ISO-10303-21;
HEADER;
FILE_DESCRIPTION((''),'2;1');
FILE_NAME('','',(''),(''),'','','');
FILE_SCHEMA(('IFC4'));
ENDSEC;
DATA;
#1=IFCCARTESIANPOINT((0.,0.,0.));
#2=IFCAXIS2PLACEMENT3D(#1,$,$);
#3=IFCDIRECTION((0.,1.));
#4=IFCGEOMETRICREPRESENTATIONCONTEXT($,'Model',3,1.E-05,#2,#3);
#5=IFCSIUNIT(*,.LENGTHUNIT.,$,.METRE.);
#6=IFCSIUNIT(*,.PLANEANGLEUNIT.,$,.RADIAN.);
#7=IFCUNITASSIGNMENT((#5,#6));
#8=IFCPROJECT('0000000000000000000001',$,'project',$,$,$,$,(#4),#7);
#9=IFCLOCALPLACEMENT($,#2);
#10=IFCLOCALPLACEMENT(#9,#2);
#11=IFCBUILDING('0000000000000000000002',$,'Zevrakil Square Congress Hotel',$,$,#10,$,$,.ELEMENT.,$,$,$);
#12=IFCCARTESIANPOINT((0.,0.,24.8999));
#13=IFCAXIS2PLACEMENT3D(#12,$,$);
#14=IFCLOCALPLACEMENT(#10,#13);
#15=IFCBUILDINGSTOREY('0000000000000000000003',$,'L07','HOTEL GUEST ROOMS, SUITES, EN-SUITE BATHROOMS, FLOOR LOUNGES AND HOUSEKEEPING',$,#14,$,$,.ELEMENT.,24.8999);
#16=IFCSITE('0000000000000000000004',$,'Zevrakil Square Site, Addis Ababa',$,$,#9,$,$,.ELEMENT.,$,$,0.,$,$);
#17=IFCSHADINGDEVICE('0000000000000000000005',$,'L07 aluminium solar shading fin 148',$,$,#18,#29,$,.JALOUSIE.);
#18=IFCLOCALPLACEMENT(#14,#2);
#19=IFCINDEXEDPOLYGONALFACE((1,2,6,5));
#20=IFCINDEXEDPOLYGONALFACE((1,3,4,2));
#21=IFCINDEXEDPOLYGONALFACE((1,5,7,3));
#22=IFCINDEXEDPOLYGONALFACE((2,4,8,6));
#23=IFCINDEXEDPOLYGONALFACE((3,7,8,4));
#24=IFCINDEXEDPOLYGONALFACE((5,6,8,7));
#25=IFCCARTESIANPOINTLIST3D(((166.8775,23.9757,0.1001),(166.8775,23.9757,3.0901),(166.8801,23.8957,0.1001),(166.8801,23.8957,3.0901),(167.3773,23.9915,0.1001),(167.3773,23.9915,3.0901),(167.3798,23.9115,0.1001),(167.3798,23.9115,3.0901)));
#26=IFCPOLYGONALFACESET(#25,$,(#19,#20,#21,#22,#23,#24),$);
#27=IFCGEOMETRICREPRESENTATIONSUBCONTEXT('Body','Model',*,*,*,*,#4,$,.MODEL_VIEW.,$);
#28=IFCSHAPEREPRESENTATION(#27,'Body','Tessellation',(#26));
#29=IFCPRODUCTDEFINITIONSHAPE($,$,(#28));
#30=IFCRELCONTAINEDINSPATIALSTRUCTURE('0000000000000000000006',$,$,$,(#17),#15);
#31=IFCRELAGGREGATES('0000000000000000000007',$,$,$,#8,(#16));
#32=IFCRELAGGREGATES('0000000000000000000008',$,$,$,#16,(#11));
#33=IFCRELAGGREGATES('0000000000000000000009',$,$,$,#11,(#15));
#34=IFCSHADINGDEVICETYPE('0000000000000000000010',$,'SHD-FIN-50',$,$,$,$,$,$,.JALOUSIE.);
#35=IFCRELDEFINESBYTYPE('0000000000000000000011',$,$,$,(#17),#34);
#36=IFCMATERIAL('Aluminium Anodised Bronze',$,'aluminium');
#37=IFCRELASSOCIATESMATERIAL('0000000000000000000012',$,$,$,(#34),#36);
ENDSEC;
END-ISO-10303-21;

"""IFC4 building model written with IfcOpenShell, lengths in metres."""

from ifc_helpers import new_model, si_unit, direction, frame, origin, origin_2d, place, context, subcontext, project, spatial, rectangle, extrude, material, type_object, element, save


model = new_model("IFC4")

# Units and contexts
model_context = context("Model", 3, precision=1e-05, world=origin(), true_north=direction((0.0, 1.0)))
body_context = subcontext(model_context, "Body", "Model", "MODEL_VIEW")
ifc_project = project(units=[si_unit("LENGTHUNIT", "METRE"), si_unit("PLANEANGLEUNIT", "RADIAN")], contexts=[model_context])

# Site, building, storey
site_placement = place(None, origin())
site = spatial("IfcSite", under=ifc_project, at=site_placement, Name="Zevrakil Square Site, Addis Ababa", CompositionType="ELEMENT", RefElevation=0.0)
building_placement = place(site_placement, origin())
building = spatial("IfcBuilding", under=site, at=building_placement, Name="Zevrakil Square Congress Hotel", CompositionType="ELEMENT")
storey_placement = place(building_placement, frame((0.0, 0.0, 24.8999)))
storey = spatial("IfcBuildingStorey", under=building, at=storey_placement, Name="L07", Description="HOTEL GUEST ROOMS, SUITES, EN-SUITE BATHROOMS, FLOOR LOUNGES AND HOUSEKEEPING", CompositionType="ELEMENT", Elevation=24.8999)

# Shading device
ifc_material_1 = material(Name="Aluminium Anodised Bronze", Category="aluminium")
shading_device_type = type_object("IfcShadingDeviceType", Name="SHD-FIN-50", PredefinedType="JALOUSIE", material=ifc_material_1)
shading_device_placement = place(storey_placement, frame((167.1287, 23.9436, 0.1001), z_axis=(0.0, 0.0, 1.0), x_axis=(0.999501, 0.031603, 0.0)))
element("IfcShadingDevice", 1, at=shading_device_placement, inside=storey, type_object=shading_device_type, Name="L07 aluminium solar shading fin 148", PredefinedType="JALOUSIE", context=body_context, shape_type="SweptSolid", body=[
    extrude(rectangle(XDim=0.5, YDim=0.0801, at=origin_2d()), origin(), (0.0, 0.0, 1.0), 2.99),
])

save(model, "model.ifc")
